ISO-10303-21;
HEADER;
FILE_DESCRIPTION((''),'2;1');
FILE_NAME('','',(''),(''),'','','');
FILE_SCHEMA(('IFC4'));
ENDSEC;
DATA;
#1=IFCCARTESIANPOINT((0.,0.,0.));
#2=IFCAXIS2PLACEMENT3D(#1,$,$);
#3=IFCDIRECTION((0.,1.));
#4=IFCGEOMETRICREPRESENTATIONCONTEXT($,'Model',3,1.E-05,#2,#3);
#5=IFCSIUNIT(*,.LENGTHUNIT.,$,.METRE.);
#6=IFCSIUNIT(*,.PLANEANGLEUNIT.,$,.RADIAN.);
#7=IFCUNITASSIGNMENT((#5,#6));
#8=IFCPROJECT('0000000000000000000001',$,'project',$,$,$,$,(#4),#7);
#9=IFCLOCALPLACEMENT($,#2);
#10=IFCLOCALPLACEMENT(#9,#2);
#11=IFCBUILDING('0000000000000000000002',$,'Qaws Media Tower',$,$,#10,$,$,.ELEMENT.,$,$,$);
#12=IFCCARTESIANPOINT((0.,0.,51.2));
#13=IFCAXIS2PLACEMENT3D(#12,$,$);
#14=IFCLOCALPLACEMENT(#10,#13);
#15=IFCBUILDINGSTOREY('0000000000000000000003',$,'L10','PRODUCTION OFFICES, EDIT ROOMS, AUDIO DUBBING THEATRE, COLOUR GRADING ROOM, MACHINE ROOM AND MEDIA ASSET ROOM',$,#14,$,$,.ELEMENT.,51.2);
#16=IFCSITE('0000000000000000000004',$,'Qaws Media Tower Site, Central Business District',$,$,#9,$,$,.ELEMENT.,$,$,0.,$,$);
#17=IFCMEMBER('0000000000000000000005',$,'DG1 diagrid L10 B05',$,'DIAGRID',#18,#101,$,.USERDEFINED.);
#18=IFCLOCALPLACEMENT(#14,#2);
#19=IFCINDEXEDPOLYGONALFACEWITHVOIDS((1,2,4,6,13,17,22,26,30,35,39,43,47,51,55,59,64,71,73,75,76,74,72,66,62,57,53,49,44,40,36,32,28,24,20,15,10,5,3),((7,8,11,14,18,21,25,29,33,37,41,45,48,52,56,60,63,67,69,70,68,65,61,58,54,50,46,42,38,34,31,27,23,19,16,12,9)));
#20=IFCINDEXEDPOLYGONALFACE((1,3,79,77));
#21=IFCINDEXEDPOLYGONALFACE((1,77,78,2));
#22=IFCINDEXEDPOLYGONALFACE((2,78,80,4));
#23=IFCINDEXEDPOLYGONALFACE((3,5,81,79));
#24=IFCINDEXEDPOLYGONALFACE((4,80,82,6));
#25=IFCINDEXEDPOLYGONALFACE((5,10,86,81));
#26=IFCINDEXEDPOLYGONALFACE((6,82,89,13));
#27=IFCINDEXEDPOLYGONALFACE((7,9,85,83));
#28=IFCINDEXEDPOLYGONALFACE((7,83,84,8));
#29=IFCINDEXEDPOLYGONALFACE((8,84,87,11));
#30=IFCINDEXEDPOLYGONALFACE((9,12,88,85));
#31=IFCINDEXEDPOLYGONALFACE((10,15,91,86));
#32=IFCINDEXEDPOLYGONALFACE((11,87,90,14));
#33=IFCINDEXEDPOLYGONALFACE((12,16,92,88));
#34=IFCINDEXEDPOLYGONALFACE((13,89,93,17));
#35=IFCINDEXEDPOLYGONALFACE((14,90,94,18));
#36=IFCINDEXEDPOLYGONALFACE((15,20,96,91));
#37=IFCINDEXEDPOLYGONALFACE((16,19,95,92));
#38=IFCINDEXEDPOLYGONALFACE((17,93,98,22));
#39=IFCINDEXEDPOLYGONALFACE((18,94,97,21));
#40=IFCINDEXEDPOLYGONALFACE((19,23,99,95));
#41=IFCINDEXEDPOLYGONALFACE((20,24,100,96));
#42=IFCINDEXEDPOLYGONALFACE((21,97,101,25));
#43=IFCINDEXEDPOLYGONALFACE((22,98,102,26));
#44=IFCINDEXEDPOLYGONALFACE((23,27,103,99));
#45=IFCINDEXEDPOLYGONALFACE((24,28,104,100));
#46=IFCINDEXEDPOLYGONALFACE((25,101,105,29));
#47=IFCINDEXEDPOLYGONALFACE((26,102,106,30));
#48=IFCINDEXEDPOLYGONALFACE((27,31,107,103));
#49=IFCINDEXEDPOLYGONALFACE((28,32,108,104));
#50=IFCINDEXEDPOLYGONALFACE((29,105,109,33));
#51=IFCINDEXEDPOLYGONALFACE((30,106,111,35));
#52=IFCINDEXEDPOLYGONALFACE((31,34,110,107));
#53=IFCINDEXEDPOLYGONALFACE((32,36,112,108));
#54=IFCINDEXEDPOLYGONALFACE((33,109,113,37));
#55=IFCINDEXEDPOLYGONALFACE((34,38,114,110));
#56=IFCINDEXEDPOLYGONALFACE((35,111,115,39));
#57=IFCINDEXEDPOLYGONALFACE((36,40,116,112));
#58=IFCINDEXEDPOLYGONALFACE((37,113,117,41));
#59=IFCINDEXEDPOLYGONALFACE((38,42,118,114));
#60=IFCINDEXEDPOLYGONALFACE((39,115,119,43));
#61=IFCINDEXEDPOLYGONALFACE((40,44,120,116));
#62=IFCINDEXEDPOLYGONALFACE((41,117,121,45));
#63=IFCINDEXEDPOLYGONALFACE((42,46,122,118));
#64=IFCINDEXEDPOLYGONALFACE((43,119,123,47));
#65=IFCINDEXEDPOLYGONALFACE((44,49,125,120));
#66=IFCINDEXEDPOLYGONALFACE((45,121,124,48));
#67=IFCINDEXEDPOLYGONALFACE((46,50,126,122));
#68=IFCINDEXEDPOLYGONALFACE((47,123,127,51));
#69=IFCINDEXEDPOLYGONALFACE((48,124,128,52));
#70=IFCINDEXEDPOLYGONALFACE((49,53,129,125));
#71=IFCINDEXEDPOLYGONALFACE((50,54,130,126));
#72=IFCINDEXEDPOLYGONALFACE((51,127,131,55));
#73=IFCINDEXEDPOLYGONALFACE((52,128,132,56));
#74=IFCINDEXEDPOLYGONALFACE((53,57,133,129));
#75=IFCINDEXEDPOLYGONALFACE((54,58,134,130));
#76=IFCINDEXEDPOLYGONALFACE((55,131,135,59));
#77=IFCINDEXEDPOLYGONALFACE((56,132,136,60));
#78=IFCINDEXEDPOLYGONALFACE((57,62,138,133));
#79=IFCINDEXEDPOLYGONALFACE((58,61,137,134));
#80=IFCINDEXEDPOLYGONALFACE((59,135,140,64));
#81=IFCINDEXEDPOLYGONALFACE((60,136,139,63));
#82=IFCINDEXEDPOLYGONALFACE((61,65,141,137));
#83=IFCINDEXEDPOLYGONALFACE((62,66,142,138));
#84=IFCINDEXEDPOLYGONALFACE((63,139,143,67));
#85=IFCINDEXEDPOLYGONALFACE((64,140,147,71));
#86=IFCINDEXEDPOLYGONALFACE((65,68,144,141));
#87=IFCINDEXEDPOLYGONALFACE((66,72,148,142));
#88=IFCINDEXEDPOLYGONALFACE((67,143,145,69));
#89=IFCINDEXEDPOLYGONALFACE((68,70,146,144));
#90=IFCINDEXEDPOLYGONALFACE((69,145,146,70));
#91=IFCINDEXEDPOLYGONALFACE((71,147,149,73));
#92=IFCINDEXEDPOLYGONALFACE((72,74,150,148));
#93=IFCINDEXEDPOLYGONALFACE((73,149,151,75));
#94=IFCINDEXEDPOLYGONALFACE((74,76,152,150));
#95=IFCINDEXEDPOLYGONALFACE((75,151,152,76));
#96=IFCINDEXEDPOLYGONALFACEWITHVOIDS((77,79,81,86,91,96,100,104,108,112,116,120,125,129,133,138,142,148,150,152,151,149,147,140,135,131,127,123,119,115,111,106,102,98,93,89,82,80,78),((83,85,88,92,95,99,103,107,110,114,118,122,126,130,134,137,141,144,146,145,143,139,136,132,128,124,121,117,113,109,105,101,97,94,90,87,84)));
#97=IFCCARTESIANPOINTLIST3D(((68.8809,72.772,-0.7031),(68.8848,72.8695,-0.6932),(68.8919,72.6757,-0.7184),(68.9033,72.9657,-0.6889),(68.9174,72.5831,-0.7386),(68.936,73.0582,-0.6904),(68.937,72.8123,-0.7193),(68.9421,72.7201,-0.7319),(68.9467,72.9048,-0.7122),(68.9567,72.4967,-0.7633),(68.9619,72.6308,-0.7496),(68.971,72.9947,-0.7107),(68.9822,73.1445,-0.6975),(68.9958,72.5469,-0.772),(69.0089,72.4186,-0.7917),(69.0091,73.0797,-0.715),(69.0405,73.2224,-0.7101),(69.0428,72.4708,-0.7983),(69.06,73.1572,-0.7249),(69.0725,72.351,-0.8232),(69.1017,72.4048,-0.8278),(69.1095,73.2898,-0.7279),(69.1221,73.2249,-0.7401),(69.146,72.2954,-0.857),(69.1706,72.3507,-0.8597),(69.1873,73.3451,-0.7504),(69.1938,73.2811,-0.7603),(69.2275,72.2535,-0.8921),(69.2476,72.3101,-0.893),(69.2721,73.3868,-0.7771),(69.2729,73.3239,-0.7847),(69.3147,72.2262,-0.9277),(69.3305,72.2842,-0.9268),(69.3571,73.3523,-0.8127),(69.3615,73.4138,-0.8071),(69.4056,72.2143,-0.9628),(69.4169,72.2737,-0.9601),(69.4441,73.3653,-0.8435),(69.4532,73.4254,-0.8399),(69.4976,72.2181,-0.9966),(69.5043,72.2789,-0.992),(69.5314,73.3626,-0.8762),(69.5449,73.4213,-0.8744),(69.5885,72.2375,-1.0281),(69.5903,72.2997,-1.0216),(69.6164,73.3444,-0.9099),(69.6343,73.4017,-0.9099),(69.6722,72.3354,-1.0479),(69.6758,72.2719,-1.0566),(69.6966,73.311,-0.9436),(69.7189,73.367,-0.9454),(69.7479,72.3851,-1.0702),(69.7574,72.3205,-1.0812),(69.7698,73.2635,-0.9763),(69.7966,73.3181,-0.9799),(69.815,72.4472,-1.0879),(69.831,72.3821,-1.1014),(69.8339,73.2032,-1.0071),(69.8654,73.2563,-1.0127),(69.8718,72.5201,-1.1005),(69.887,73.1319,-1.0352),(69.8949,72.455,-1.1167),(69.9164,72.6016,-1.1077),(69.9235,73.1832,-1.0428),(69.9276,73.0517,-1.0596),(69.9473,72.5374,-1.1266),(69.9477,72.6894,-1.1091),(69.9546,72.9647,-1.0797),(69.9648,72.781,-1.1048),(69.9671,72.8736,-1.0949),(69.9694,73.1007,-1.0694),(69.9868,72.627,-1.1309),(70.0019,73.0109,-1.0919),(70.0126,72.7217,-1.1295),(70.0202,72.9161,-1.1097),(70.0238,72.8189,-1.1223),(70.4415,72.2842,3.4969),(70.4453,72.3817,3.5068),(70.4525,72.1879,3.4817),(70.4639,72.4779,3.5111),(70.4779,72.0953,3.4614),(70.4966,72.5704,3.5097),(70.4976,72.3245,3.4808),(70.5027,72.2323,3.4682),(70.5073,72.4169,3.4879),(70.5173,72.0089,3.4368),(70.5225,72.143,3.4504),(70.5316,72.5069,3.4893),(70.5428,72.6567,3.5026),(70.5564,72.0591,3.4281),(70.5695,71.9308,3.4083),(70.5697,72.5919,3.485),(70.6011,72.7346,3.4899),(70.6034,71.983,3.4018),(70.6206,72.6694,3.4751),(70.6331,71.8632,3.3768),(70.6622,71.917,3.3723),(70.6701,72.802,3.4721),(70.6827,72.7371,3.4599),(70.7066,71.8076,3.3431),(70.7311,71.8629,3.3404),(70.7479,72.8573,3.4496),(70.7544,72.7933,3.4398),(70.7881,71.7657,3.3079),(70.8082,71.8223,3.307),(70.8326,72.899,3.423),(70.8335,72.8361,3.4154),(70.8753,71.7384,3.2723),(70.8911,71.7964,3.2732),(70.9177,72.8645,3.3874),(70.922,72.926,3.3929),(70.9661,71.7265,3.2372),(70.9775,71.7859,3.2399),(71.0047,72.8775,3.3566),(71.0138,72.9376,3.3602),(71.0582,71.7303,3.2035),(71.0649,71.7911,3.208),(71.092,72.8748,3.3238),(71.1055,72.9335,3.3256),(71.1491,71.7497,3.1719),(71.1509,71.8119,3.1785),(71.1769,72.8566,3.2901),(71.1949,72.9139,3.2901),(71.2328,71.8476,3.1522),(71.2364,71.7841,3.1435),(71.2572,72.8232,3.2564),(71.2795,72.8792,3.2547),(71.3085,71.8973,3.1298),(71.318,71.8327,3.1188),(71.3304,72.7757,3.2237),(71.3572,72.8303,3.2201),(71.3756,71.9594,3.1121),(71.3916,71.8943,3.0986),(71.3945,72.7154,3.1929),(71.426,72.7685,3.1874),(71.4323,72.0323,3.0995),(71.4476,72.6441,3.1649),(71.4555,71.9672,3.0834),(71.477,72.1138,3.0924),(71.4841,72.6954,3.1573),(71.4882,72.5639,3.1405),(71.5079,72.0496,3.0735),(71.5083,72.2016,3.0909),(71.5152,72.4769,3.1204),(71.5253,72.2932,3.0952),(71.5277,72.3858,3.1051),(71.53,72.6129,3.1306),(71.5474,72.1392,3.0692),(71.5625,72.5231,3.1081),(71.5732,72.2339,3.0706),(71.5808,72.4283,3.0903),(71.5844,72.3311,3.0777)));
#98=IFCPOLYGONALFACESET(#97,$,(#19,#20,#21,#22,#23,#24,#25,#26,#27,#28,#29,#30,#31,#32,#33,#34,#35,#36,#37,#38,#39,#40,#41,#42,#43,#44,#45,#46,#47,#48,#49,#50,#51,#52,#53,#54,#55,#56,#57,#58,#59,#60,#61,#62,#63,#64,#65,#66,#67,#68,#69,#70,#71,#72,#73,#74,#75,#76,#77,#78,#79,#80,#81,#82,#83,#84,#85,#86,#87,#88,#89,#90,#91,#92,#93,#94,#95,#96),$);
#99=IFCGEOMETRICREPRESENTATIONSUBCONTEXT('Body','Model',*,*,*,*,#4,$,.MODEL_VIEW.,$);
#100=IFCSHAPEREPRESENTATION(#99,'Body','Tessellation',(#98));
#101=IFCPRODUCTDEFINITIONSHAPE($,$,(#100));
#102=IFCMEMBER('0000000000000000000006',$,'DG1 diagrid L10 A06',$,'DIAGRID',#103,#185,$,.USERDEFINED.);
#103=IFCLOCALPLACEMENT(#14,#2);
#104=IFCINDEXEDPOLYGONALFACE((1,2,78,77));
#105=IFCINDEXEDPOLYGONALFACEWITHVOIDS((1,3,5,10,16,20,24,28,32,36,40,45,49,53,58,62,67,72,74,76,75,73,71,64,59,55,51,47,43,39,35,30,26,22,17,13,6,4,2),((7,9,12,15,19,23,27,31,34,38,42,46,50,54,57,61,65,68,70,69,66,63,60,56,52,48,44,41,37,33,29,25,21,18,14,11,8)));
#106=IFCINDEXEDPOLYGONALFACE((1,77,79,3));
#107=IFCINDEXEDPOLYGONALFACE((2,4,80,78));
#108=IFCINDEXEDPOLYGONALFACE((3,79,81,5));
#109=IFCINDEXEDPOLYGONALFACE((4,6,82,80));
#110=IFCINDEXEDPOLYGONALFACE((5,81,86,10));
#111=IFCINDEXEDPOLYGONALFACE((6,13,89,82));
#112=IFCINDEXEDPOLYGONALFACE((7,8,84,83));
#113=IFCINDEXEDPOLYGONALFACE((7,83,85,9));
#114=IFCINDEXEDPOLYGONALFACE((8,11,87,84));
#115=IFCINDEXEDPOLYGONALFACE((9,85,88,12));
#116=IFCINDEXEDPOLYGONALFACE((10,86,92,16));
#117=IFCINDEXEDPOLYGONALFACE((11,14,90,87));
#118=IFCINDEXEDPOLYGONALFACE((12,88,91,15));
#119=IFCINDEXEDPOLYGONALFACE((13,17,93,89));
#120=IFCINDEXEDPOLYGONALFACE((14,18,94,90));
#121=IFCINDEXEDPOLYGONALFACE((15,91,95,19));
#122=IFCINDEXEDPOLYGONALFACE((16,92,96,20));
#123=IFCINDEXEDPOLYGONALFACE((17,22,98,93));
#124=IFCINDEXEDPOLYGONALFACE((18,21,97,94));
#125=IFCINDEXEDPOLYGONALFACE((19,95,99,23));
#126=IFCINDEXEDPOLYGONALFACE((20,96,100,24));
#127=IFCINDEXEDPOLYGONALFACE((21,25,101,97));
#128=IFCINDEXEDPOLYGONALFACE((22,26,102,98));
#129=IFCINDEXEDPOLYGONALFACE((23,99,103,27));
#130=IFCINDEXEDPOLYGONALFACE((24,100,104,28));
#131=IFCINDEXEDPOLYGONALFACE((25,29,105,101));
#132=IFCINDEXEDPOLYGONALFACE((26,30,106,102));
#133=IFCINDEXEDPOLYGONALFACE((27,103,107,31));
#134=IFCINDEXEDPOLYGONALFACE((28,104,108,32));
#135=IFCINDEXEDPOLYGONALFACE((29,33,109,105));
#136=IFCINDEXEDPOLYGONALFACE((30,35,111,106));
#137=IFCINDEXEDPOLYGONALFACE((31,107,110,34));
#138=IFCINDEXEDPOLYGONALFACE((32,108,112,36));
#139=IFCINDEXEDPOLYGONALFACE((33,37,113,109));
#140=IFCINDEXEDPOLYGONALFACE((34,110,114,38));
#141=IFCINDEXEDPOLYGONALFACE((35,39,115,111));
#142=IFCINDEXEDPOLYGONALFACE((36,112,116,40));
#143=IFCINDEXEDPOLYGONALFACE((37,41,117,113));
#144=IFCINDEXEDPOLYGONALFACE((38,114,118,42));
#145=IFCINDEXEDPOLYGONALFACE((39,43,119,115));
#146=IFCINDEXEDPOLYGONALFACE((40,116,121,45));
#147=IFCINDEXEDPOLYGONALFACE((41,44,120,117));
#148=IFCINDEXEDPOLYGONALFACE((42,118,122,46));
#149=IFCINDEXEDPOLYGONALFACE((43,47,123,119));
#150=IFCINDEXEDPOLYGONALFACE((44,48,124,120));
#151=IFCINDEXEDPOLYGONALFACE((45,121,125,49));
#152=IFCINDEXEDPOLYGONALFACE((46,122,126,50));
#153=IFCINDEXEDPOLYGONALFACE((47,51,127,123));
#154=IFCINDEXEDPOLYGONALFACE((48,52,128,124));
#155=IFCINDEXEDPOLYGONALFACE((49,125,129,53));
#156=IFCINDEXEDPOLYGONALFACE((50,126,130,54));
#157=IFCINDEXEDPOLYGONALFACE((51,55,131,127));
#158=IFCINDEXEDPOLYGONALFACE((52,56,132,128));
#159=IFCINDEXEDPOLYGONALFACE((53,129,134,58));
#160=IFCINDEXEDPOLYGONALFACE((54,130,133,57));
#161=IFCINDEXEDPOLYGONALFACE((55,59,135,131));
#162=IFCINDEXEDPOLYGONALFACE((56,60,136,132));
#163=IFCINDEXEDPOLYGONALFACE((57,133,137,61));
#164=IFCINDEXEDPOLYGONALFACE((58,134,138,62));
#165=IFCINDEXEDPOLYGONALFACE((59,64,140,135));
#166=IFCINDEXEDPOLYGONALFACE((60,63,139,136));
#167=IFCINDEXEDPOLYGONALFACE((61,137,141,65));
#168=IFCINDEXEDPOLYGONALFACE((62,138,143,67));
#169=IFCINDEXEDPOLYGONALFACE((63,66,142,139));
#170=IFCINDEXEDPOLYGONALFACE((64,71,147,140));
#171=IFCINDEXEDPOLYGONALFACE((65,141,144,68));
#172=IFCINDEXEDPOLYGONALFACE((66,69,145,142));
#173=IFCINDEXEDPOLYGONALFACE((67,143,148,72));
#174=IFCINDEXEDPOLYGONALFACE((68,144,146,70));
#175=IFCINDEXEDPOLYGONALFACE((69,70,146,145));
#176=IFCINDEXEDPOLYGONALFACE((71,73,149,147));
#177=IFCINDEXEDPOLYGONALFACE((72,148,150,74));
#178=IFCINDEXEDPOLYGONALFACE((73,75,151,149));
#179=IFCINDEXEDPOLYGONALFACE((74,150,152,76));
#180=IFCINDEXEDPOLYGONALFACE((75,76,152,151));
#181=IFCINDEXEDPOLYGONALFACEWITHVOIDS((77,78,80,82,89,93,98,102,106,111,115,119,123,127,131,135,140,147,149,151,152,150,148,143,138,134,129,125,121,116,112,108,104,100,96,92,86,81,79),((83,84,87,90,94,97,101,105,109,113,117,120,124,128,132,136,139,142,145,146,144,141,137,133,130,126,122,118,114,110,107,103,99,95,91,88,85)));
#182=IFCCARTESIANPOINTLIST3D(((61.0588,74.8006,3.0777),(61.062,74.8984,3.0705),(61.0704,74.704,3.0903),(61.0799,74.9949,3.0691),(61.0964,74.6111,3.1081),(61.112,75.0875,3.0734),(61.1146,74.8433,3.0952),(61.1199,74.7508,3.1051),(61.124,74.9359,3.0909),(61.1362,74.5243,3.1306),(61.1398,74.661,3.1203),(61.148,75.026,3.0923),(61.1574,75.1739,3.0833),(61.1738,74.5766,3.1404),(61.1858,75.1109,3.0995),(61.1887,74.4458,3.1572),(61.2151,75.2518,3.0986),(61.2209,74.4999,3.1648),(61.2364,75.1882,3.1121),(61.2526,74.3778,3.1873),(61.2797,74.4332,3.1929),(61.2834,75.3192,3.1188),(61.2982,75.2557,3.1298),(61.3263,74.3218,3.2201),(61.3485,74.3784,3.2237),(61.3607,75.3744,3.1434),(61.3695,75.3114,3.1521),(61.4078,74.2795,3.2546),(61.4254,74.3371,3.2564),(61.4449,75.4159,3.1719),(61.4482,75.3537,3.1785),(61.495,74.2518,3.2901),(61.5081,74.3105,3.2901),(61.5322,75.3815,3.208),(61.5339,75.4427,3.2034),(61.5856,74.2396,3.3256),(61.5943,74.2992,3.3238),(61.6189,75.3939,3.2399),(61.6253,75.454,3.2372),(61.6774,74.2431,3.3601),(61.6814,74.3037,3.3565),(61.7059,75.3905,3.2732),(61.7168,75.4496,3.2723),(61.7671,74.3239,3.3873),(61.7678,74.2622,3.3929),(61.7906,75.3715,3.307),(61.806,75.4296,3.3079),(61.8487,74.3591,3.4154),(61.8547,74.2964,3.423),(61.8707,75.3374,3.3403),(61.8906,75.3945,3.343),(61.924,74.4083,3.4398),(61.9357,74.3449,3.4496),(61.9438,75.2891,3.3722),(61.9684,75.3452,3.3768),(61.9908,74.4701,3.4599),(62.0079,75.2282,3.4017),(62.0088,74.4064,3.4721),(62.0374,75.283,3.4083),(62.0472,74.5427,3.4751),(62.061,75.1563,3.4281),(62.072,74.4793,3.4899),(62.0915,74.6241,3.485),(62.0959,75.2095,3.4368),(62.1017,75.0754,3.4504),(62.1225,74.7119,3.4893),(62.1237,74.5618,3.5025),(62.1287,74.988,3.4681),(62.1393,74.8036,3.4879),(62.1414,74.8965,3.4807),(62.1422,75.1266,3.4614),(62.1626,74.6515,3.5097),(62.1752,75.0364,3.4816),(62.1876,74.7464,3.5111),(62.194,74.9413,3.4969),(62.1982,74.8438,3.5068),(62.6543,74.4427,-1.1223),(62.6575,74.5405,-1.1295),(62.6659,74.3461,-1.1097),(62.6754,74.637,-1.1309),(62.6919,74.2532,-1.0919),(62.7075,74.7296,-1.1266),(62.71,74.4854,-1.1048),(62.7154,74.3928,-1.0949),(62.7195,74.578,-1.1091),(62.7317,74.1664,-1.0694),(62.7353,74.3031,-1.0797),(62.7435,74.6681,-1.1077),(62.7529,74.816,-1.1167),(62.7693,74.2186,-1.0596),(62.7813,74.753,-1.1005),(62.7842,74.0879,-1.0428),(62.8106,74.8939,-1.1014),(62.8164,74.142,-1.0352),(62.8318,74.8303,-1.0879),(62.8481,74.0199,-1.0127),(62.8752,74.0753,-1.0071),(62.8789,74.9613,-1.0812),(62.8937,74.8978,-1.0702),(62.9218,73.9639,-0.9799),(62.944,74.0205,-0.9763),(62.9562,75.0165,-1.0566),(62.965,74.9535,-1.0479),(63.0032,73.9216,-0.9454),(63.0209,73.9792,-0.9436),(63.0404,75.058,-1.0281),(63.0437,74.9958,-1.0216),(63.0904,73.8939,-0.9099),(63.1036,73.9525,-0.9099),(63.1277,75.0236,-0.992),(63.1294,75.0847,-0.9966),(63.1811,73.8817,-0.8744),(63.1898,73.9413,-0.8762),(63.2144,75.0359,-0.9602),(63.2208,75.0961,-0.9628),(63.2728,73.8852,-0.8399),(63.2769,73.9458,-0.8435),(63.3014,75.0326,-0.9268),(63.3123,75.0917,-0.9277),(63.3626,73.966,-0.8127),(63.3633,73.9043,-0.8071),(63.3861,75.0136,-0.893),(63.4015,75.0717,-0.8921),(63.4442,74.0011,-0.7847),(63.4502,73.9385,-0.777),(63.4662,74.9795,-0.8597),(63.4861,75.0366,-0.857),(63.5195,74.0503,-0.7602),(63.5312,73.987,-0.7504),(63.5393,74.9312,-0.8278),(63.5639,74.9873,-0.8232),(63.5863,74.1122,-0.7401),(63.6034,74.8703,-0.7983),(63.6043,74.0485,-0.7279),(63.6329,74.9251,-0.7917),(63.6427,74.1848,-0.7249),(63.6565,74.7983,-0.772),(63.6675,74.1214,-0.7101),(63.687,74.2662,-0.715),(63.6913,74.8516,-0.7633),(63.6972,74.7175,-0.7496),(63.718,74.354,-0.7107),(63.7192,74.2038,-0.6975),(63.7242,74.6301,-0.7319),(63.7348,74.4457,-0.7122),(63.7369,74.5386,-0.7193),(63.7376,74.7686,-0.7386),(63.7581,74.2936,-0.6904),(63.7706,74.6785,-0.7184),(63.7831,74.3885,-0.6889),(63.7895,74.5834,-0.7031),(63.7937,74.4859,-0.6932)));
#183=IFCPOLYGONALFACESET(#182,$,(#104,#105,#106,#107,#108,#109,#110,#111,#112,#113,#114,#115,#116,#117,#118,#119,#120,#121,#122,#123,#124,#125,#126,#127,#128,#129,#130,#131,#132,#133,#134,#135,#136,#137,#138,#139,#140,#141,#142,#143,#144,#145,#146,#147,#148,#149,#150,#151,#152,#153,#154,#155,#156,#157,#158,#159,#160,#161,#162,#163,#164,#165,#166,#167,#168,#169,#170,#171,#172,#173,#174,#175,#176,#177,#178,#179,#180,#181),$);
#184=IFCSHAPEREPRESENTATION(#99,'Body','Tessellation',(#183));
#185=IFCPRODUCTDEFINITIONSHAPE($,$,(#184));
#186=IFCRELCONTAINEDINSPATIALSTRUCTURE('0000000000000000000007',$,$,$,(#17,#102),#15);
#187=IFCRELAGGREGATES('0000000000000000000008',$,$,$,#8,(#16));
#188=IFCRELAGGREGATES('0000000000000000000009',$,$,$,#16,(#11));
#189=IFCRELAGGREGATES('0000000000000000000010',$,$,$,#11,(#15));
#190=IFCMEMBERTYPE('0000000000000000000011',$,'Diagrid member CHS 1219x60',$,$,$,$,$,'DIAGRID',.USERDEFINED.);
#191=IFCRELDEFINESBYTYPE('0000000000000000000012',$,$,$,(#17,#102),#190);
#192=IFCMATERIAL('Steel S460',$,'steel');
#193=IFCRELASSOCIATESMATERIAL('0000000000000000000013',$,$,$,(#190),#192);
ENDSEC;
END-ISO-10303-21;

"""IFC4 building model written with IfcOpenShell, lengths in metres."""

from ifc_helpers import new_model, si_unit, direction, frame, origin, origin_2d, place, context, subcontext, project, spatial, hollow_circle, extrude, material, material_profile, profile_set, type_object, element, save


model = new_model("IFC4")

# Units and contexts
model_context = context("Model", 3, precision=1e-05, world=origin(), true_north=direction((0.0, 1.0)))
body_context = subcontext(model_context, "Body", "Model", "MODEL_VIEW")
ifc_project = project(units=[si_unit("LENGTHUNIT", "METRE"), si_unit("PLANEANGLEUNIT", "RADIAN")], contexts=[model_context])

# Site, building, storey
site_placement = place(None, origin())
site = spatial("IfcSite", under=ifc_project, at=site_placement, Name="Qaws Media Tower Site, Central Business District", CompositionType="ELEMENT", RefElevation=0.0)
building_placement = place(site_placement, origin())
building = spatial("IfcBuilding", under=site, at=building_placement, Name="Qaws Media Tower", CompositionType="ELEMENT")
storey_placement = place(building_placement, frame((0.0, 0.0, 51.2)))
storey = spatial("IfcBuildingStorey", under=building, at=storey_placement, Name="L10", Description="PRODUCTION OFFICES, EDIT ROOMS, AUDIO DUBBING THEATRE, COLOUR GRADING ROOM, MACHINE ROOM AND MEDIA ASSET ROOM", CompositionType="ELEMENT", Elevation=51.2)

# Members
ifc_material_1 = material(Name="Steel S460", Category="steel")
ifc_material_profile_1 = material_profile(ifc_material_1, hollow_circle(Radius=0.6096, WallThickness=0.0601, at=origin_2d()), Name="CHS 1219x60")
ifc_profile_set_1 = profile_set([ifc_material_profile_1], Name="Steel S460")
member_type_1 = type_object("IfcMemberType", Name="Diagrid member CHS 1219x60", ElementType="DIAGRID", PredefinedType="USERDEFINED", material=ifc_profile_set_1)
for number, where, z_axis, x_axis, name in (
    (1, (69.4524, 72.8198, -0.9099), (0.346251, -0.108231, 0.931878), (0.298343, 0.954459, 0.0), "DG1 diagrid L10 B05"),
    (2, (63.2239, 74.4888, -0.9099), (-0.353995, 0.079412, 0.93187), (-0.21889, -0.975749, 0.0), "DG1 diagrid L10 A06"),
):
    element("IfcMember", number, at=place(storey_placement, frame(where, z_axis=z_axis, x_axis=x_axis)), inside=storey, type_object=member_type_1, Name=name, ObjectType="DIAGRID", PredefinedType="USERDEFINED", context=body_context, shape_type="SweptSolid", body=[
        extrude(hollow_circle(Radius=0.6096, WallThickness=0.0601, at=origin_2d()), origin(), (0.0, 0.0, 1.0), 4.5071),
    ])

save(model, "model.ifc")
